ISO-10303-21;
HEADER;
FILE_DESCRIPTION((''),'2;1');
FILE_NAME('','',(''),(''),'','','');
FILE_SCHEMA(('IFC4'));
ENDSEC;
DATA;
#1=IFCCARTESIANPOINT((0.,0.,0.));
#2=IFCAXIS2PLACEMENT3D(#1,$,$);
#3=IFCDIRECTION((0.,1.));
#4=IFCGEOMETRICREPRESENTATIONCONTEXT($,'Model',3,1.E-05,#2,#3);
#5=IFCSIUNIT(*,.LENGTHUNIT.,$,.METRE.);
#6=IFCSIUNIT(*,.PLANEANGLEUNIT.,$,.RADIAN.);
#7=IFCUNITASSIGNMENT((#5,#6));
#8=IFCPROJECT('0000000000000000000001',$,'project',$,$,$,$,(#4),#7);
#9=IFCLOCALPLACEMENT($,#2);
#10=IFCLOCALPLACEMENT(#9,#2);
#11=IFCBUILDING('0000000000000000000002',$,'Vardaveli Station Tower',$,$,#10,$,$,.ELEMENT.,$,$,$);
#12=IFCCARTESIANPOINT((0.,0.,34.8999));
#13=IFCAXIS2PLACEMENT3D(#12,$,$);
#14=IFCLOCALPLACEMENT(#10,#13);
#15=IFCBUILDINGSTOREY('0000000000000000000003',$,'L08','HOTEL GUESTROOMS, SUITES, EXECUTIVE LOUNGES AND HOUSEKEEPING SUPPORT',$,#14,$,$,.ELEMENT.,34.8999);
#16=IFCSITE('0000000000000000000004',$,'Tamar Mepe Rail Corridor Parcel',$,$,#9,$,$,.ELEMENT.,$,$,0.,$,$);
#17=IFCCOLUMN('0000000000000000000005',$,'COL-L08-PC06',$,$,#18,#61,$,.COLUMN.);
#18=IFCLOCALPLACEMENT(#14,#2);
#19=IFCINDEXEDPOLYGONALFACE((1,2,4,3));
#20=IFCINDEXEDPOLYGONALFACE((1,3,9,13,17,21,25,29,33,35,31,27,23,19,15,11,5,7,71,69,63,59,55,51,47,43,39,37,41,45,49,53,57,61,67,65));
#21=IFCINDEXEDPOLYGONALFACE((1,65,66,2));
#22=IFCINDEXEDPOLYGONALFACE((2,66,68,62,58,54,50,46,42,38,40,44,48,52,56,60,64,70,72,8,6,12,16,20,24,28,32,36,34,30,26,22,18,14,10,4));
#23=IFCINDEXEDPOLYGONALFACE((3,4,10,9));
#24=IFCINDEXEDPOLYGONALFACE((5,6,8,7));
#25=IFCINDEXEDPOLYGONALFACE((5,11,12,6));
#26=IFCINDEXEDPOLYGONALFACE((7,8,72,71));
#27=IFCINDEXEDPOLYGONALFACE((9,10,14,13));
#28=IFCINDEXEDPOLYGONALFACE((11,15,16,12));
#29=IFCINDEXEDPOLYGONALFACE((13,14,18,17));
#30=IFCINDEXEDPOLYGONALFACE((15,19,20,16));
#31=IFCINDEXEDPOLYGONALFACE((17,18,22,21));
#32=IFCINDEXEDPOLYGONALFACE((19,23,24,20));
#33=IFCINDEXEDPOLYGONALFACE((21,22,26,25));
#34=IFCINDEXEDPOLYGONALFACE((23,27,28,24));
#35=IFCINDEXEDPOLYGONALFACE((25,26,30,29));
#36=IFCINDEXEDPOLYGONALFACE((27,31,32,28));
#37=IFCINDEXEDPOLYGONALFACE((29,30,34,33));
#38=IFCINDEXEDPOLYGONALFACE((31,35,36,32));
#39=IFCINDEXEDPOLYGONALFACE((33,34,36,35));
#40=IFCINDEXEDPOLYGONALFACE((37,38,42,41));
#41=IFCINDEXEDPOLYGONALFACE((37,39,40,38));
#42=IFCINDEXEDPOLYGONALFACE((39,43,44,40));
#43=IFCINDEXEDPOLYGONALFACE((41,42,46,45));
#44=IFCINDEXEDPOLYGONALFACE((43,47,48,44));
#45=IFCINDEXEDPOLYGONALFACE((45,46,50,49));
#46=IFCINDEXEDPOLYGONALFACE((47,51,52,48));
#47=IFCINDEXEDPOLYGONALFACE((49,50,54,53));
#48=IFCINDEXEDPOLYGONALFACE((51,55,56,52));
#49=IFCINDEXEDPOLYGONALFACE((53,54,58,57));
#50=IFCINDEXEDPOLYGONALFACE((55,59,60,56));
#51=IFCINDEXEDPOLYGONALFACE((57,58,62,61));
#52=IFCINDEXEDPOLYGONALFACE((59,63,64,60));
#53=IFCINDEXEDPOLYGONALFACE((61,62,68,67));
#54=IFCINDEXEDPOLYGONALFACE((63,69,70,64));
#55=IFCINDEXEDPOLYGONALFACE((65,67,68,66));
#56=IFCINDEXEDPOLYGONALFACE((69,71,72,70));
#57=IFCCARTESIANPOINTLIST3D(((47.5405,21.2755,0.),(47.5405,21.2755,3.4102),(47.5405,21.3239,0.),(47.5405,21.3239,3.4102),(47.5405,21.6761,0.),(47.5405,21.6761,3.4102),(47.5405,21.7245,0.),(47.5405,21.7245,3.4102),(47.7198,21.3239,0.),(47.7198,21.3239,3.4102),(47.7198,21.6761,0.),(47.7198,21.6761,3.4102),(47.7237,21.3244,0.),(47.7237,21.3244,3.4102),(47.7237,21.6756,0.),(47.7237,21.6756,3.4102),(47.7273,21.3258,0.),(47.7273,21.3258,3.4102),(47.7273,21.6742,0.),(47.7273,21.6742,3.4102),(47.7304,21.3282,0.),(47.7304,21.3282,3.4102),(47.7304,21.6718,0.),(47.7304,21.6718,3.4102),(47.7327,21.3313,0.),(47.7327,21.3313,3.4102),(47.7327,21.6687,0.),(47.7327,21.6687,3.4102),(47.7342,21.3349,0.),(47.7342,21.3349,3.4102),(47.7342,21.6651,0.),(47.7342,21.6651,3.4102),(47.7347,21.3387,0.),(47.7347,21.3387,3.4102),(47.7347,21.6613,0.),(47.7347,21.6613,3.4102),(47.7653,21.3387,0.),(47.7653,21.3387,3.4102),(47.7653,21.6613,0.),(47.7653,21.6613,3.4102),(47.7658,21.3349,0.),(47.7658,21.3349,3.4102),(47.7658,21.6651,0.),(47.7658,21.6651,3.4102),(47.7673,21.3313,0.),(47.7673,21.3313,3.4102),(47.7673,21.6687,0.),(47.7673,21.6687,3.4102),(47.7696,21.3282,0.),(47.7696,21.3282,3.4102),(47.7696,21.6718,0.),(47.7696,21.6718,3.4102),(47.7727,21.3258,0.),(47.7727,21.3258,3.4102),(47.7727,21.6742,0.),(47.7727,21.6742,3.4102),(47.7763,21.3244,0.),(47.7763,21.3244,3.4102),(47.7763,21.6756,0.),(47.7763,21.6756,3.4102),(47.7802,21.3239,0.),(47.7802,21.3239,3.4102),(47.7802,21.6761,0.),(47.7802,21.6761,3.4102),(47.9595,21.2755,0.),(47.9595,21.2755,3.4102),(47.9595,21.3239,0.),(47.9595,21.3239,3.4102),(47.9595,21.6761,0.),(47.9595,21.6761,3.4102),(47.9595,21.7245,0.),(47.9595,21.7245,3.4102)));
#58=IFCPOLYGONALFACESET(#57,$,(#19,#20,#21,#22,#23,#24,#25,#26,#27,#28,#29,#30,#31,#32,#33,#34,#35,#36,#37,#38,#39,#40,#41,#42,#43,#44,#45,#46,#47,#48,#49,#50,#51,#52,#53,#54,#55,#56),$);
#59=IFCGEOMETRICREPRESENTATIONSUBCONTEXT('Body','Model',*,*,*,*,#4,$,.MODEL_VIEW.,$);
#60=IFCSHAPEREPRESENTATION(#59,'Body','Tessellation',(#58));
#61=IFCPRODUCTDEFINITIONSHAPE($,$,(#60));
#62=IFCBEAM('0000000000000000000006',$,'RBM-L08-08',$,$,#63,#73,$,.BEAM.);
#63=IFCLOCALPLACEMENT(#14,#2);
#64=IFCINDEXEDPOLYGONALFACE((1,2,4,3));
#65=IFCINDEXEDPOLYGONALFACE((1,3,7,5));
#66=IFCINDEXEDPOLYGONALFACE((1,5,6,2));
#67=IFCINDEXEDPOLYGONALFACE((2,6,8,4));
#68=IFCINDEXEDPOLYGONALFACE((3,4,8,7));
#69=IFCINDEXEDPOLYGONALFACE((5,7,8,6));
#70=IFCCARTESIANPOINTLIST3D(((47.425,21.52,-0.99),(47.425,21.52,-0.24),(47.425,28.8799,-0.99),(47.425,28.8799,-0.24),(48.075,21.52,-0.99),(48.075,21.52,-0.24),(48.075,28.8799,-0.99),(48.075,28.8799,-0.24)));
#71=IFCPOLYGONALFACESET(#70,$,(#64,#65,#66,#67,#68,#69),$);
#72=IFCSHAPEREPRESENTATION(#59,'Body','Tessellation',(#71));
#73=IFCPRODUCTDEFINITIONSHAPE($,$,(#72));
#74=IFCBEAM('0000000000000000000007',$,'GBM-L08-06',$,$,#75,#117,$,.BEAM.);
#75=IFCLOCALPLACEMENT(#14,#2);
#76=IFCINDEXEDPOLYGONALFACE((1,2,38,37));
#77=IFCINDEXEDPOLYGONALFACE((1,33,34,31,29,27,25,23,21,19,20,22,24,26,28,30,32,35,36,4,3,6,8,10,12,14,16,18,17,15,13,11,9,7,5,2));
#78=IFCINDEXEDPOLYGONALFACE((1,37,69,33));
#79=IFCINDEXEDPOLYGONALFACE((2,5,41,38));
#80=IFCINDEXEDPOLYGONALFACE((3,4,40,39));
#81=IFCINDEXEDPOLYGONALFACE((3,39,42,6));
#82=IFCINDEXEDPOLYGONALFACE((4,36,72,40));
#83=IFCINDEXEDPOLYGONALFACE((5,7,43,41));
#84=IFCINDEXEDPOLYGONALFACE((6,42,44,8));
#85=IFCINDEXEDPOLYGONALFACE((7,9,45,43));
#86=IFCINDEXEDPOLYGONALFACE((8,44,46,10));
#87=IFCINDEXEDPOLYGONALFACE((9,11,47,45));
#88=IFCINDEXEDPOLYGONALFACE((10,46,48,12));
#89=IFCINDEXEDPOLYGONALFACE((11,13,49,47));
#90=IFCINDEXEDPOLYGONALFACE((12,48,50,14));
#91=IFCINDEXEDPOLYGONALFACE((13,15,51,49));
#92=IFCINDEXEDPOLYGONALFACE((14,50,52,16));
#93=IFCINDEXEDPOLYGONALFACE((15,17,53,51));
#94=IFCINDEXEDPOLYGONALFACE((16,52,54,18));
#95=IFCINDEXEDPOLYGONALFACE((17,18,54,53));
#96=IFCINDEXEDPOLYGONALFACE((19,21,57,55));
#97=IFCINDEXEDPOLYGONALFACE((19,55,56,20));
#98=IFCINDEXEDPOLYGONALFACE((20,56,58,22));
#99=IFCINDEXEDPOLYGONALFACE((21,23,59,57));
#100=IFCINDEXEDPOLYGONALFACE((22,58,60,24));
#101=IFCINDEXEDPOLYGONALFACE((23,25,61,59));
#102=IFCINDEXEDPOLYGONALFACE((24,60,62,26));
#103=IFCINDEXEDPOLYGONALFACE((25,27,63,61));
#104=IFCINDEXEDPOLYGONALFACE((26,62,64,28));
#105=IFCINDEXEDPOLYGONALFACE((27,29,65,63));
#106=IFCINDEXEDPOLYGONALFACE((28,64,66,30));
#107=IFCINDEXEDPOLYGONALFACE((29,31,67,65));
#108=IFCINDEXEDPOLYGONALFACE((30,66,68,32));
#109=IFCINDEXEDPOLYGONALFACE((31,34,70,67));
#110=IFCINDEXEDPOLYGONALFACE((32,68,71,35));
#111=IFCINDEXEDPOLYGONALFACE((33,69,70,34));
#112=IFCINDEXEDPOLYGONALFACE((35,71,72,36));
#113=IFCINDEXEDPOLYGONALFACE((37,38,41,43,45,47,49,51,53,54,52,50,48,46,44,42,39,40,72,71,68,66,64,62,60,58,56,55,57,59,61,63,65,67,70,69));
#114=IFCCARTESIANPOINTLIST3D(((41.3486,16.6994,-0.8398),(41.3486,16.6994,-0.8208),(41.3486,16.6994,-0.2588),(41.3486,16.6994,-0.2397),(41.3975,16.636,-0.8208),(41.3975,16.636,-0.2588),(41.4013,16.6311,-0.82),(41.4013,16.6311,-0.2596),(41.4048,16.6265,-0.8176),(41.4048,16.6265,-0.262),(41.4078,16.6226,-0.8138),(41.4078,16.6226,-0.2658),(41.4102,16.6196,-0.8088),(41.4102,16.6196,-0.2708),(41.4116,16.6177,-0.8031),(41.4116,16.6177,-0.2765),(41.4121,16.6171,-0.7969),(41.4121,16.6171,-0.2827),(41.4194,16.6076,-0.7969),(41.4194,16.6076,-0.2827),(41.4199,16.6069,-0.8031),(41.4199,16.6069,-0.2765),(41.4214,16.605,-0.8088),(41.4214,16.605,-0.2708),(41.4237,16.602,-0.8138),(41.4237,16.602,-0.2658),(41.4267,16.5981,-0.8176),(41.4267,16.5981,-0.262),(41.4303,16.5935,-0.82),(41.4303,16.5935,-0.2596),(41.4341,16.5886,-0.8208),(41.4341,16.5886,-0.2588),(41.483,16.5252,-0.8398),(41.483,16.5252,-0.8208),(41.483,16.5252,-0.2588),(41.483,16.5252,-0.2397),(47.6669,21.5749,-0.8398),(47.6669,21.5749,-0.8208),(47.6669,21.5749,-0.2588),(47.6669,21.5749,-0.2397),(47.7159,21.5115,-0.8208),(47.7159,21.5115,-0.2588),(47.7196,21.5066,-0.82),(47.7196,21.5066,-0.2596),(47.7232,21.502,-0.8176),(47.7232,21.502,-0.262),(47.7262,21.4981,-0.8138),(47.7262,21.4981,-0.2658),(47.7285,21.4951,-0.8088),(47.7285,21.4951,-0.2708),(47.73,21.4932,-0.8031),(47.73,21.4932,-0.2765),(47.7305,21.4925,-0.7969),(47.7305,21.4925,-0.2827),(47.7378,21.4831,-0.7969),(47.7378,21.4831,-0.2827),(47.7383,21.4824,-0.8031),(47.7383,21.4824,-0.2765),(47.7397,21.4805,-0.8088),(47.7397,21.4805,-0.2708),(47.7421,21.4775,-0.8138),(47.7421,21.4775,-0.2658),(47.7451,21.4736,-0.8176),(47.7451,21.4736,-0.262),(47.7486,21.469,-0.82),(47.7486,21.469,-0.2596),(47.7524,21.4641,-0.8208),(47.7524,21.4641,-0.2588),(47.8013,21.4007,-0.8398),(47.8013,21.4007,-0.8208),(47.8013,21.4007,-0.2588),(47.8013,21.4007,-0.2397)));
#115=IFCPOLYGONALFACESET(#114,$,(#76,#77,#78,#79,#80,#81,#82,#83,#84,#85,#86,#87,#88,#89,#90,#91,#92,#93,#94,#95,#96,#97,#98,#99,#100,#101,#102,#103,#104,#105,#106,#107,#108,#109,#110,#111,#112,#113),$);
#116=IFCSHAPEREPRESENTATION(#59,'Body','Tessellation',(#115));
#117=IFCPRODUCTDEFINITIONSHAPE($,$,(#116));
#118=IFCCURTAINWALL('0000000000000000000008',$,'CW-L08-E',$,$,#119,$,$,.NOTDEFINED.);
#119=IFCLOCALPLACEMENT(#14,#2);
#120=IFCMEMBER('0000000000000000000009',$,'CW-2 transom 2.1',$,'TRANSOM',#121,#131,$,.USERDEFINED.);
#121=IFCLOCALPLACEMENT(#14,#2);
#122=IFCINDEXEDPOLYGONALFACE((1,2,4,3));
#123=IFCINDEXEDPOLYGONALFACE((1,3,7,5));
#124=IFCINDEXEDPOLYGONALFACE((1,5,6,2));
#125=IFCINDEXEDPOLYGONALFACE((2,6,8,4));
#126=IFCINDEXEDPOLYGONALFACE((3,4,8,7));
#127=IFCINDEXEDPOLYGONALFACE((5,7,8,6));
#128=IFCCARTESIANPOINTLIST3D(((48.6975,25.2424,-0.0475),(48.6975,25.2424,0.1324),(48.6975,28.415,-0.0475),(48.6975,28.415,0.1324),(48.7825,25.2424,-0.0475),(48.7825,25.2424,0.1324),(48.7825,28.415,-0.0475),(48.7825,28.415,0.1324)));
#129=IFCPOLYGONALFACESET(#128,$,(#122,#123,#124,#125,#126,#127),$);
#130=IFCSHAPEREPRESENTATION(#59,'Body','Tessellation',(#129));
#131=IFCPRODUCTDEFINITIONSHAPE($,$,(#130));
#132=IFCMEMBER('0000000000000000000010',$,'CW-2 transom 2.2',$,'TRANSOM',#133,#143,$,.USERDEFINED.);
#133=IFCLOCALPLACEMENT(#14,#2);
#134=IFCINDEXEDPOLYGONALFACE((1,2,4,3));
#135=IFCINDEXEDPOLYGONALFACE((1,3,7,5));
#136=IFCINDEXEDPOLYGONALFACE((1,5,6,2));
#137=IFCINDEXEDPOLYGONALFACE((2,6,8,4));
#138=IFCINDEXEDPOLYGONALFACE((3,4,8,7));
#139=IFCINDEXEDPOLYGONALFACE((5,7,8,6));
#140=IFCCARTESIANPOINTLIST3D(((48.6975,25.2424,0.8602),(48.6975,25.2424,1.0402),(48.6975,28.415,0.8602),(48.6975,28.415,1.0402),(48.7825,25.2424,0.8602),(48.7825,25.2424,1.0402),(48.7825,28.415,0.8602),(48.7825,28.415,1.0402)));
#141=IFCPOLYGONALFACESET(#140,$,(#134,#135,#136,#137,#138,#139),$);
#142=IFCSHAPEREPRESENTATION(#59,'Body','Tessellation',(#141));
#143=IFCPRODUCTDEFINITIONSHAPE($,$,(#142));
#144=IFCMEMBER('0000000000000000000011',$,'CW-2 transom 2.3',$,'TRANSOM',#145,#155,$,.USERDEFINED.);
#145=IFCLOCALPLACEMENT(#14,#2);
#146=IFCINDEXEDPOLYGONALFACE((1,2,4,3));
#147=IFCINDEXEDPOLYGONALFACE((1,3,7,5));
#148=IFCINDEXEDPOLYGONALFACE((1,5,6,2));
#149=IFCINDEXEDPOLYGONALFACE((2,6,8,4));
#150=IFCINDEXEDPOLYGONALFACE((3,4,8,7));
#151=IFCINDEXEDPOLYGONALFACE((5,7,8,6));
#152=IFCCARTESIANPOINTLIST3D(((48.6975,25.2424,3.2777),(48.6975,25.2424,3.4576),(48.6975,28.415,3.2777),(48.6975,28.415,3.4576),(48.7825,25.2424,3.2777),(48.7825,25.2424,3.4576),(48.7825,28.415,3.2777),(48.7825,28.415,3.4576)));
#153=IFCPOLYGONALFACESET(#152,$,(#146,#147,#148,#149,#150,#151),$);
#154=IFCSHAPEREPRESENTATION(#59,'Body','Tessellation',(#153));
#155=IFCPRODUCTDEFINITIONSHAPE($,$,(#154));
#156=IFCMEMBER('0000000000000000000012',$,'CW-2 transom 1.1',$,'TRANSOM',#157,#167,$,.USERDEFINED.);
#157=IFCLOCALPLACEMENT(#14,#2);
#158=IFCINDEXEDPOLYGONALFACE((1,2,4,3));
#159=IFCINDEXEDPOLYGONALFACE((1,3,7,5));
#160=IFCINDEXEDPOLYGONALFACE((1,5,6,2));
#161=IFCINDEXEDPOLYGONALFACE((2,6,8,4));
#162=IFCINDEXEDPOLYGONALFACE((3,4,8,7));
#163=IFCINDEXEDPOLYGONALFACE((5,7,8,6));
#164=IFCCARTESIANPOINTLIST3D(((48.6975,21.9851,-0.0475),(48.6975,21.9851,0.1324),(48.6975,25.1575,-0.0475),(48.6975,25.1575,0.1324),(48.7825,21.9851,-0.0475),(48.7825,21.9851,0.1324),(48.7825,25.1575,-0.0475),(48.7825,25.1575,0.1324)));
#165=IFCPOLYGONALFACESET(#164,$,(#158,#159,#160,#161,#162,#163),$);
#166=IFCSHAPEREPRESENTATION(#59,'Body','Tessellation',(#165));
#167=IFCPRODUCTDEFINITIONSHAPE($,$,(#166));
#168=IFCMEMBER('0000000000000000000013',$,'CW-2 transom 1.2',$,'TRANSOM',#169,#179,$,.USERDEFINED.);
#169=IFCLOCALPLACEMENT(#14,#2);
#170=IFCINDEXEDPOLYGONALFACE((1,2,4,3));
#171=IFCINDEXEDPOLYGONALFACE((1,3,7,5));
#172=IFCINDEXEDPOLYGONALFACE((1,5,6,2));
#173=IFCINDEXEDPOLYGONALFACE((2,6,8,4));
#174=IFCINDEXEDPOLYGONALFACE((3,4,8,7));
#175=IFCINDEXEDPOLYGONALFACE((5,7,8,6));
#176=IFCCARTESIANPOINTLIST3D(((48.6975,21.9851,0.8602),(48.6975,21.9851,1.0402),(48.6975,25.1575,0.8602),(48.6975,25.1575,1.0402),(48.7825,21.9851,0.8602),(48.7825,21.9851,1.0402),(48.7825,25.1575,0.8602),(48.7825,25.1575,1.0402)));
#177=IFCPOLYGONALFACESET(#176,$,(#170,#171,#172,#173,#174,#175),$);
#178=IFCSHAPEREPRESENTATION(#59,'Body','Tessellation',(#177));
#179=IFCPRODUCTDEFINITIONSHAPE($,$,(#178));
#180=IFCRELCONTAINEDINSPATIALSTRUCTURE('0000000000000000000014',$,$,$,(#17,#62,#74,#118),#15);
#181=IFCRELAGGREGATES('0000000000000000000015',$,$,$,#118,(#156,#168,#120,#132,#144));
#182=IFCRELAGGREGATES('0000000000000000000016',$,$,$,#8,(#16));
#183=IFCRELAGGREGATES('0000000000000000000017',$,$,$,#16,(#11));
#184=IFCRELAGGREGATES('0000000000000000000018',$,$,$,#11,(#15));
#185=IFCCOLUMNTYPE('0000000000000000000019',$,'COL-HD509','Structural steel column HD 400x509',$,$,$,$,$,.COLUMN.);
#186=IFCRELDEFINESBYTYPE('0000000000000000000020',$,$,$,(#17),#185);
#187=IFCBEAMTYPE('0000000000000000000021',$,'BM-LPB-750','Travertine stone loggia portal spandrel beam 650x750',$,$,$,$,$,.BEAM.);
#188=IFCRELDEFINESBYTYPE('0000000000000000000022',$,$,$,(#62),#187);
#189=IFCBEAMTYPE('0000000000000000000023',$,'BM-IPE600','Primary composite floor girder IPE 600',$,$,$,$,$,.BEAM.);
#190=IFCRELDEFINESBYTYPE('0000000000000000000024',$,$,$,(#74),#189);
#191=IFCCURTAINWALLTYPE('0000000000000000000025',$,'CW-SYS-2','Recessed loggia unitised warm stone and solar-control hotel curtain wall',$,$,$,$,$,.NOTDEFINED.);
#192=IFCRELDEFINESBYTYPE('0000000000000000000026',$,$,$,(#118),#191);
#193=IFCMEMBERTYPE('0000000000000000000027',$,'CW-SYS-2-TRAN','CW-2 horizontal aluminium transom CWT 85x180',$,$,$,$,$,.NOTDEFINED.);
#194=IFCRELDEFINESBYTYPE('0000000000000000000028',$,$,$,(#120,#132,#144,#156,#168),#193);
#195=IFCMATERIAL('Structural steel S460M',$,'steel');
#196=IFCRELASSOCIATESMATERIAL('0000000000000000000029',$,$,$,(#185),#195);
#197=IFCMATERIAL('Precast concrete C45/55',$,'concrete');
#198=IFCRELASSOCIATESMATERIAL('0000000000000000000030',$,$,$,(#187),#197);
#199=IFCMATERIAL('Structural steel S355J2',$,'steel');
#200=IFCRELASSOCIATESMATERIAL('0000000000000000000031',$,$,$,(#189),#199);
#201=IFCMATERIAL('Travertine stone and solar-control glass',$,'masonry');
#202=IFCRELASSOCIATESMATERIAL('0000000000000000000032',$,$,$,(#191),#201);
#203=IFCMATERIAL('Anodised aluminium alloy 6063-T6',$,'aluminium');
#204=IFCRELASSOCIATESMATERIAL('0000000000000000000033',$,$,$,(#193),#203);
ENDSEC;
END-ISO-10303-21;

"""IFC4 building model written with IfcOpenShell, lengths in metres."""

from ifc_helpers import new_model, si_unit, direction, frame, origin, origin_2d, place, context, subcontext, project, spatial, rectangle, i_section, extrude, source, transform, mapped, material, material_profile, profile_set, type_object, element, aggregate, save


model = new_model("IFC4")

# Units and contexts
model_context = context("Model", 3, precision=1e-05, world=origin(), true_north=direction((0.0, 1.0)))
body_context = subcontext(model_context, "Body", "Model", "MODEL_VIEW")
ifc_project = project(units=[si_unit("LENGTHUNIT", "METRE"), si_unit("PLANEANGLEUNIT", "RADIAN")], contexts=[model_context])

# Site, building, storey
site_placement = place(None, origin())
site = spatial("IfcSite", under=ifc_project, at=site_placement, Name="Tamar Mepe Rail Corridor Parcel", CompositionType="ELEMENT", RefElevation=0.0)
building_placement = place(site_placement, origin())
building = spatial("IfcBuilding", under=site, at=building_placement, Name="Vardaveli Station Tower", CompositionType="ELEMENT")
storey_placement = place(building_placement, frame((0.0, 0.0, 34.8999)))
storey = spatial("IfcBuildingStorey", under=building, at=storey_placement, Name="L08", Description="HOTEL GUESTROOMS, SUITES, EXECUTIVE LOUNGES AND HOUSEKEEPING SUPPORT", CompositionType="ELEMENT", Elevation=34.8999)

# Column
ifc_material_1 = material(Name="Structural steel S460M", Category="steel")
ifc_material_profile_1 = material_profile(ifc_material_1, i_section(OverallWidth=0.4189, OverallDepth=0.449, WebThickness=0.0305, FlangeThickness=0.0483, FilletRadius=0.0149, at=origin_2d()), Name="HD 400x509")
ifc_profile_set_1 = profile_set([ifc_material_profile_1], Name="Structural steel S460M")
column_type = type_object("IfcColumnType", Name="COL-HD509", Description="Structural steel column HD 400x509", PredefinedType="COLUMN", material=ifc_profile_set_1)
shared_shape_1 = source(origin(), body_context, "Body", "SweptSolid", [
    extrude(i_section(OverallWidth=0.4189, OverallDepth=0.449, WebThickness=0.0305, FlangeThickness=0.0483, FilletRadius=0.0149, at=origin_2d()), origin(), (0.0, 0.0, 1.0), 3.4102),
])
column_placement = place(storey_placement, frame((47.75, 21.5, 0.0), z_axis=(0.0, 0.0, 1.0), x_axis=(1.0, 0.0, 0.0)))
element("IfcColumn", 1, at=column_placement, inside=storey, type_object=column_type, Name="COL-L08-PC06", PredefinedType="COLUMN", context=body_context, shape_type="MappedRepresentation", body=[
    mapped(shared_shape_1, transform((0.0, 0.0, 0.0), scale=1.0)),
])

# Beams
ifc_material_2 = material(Name="Precast concrete C45/55", Category="concrete")
ifc_material_profile_2 = material_profile(ifc_material_2, rectangle(XDim=0.6499, YDim=0.75, at=origin_2d()), Name="LPB 650x750")
ifc_profile_set_2 = profile_set([ifc_material_profile_2], Name="Precast concrete C45/55")
beam_type_1 = type_object("IfcBeamType", Name="BM-LPB-750", Description="Travertine stone loggia portal spandrel beam 650x750", PredefinedType="BEAM", material=ifc_profile_set_2)
shared_shape_2 = source(origin(), body_context, "Body", "SweptSolid", [
    extrude(rectangle(XDim=0.6499, YDim=0.75, at=origin_2d()), origin(), (0.0, 0.0, 1.0), 7.3599),
])
beam_1_placement = place(storey_placement, frame((47.75, 21.52, -0.615), z_axis=(0.0, 1.0, 0.0), x_axis=(-1.0, 0.0, 0.0)))
element("IfcBeam", 2, at=beam_1_placement, inside=storey, type_object=beam_type_1, Name="RBM-L08-08", PredefinedType="BEAM", context=body_context, shape_type="MappedRepresentation", body=[
    mapped(shared_shape_2, transform((0.0, 0.0, 0.0), scale=1.0)),
])
ifc_material_3 = material(Name="Structural steel S355J2", Category="steel")
ifc_material_profile_3 = material_profile(ifc_material_3, i_section(OverallWidth=0.22, OverallDepth=0.6001, WebThickness=0.012, FlangeThickness=0.019, FilletRadius=0.0239, at=origin_2d()), Name="IPE 600")
ifc_profile_set_3 = profile_set([ifc_material_profile_3], Name="Structural steel S355J2")
beam_type_2 = type_object("IfcBeamType", Name="BM-IPE600", Description="Primary composite floor girder IPE 600", PredefinedType="BEAM", material=ifc_profile_set_3)
shared_shape_3 = source(origin(), body_context, "Body", "SweptSolid", [
    extrude(i_section(OverallWidth=0.22, OverallDepth=0.6001, WebThickness=0.012, FlangeThickness=0.019, FilletRadius=0.0239, at=origin_2d()), origin(), (0.0, 0.0, 1.0), 7.9807),
])
beam_2_placement = place(storey_placement, frame((47.7341, 21.4878, -0.5398), z_axis=(-0.791702, -0.610908, 0.0), x_axis=(0.610908, -0.791702, 0.0)))
element("IfcBeam", 3, at=beam_2_placement, inside=storey, type_object=beam_type_2, Name="GBM-L08-06", PredefinedType="BEAM", context=body_context, shape_type="MappedRepresentation", body=[
    mapped(shared_shape_3, transform((0.0, 0.0, 0.0), scale=1.0)),
])

# Curtain wall, members
ifc_material_4 = material(Name="Travertine stone and solar-control glass", Category="masonry")
curtain_wall_type = type_object("IfcCurtainWallType", Name="CW-SYS-2", Description="Recessed loggia unitised warm stone and solar-control hotel curtain wall", PredefinedType="NOTDEFINED", material=ifc_material_4)
curtain_wall_placement = place(storey_placement, origin())
curtain_wall = element("IfcCurtainWall", 4, at=curtain_wall_placement, inside=storey, type_object=curtain_wall_type, Name="CW-L08-E", PredefinedType="NOTDEFINED")
ifc_material_5 = material(Name="Anodised aluminium alloy 6063-T6", Category="aluminium")
ifc_material_profile_4 = material_profile(ifc_material_5, rectangle(XDim=0.085, YDim=0.1799, at=origin_2d()), Name="CWT 85x180")
ifc_profile_set_4 = profile_set([ifc_material_profile_4], Name="Anodised aluminium alloy 6063-T6")
member_type_1 = type_object("IfcMemberType", Name="CW-SYS-2-TRAN", Description="CW-2 horizontal aluminium transom CWT 85x180", PredefinedType="NOTDEFINED", material=ifc_profile_set_4)
shared_shape_4 = source(origin(), body_context, "Body", "SweptSolid", [
    extrude(rectangle(XDim=0.085, YDim=0.1799, at=origin_2d()), origin(), (0.0, 0.0, 1.0), 3.1726),
])
member_1_placement = place(storey_placement, frame((48.74, 25.2424, 0.0425), z_axis=(0.0, 1.0, 0.0), x_axis=(-1.0, 0.0, 0.0)))
member_1 = element("IfcMember", 5, at=member_1_placement, type_object=member_type_1, Name="CW-2 transom 2.1", ObjectType="TRANSOM", PredefinedType="USERDEFINED", context=body_context, shape_type="MappedRepresentation", body=[
    mapped(shared_shape_4, transform((0.0, 0.0, 0.0), scale=1.0)),
])
member_2_placement = place(storey_placement, frame((48.74, 25.2424, 0.9502), z_axis=(0.0, 1.0, 0.0), x_axis=(-1.0, 0.0, 0.0)))
member_2 = element("IfcMember", 6, at=member_2_placement, type_object=member_type_1, Name="CW-2 transom 2.2", ObjectType="TRANSOM", PredefinedType="USERDEFINED", context=body_context, shape_type="MappedRepresentation", body=[
    mapped(shared_shape_4, transform((0.0, 0.0, 0.0), scale=1.0)),
])
member_3_placement = place(storey_placement, frame((48.74, 25.2424, 3.3677), z_axis=(0.0, 1.0, 0.0), x_axis=(-1.0, 0.0, 0.0)))
member_3 = element("IfcMember", 7, at=member_3_placement, type_object=member_type_1, Name="CW-2 transom 2.3", ObjectType="TRANSOM", PredefinedType="USERDEFINED", context=body_context, shape_type="MappedRepresentation", body=[
    mapped(shared_shape_4, transform((0.0, 0.0, 0.0), scale=1.0)),
])
shared_shape_5 = source(origin(), body_context, "Body", "SweptSolid", [
    extrude(rectangle(XDim=0.085, YDim=0.1799, at=origin_2d()), origin(), (0.0, 0.0, 1.0), 3.1724),
])
member_4_placement = place(storey_placement, frame((48.74, 21.9851, 0.0425), z_axis=(0.0, 1.0, 0.0), x_axis=(-1.0, 0.0, 0.0)))
member_4 = element("IfcMember", 8, at=member_4_placement, type_object=member_type_1, Name="CW-2 transom 1.1", ObjectType="TRANSOM", PredefinedType="USERDEFINED", context=body_context, shape_type="MappedRepresentation", body=[
    mapped(shared_shape_5, transform((0.0, 0.0, 0.0), scale=1.0)),
])
member_5_placement = place(storey_placement, frame((48.74, 21.9851, 0.9502), z_axis=(0.0, 1.0, 0.0), x_axis=(-1.0, 0.0, 0.0)))
member_5 = element("IfcMember", 9, at=member_5_placement, type_object=member_type_1, Name="CW-2 transom 1.2", ObjectType="TRANSOM", PredefinedType="USERDEFINED", context=body_context, shape_type="MappedRepresentation", body=[
    mapped(shared_shape_5, transform((0.0, 0.0, 0.0), scale=1.0)),
])
aggregate(curtain_wall, [member_4, member_5, member_1, member_2, member_3])

save(model, "model.ifc")
